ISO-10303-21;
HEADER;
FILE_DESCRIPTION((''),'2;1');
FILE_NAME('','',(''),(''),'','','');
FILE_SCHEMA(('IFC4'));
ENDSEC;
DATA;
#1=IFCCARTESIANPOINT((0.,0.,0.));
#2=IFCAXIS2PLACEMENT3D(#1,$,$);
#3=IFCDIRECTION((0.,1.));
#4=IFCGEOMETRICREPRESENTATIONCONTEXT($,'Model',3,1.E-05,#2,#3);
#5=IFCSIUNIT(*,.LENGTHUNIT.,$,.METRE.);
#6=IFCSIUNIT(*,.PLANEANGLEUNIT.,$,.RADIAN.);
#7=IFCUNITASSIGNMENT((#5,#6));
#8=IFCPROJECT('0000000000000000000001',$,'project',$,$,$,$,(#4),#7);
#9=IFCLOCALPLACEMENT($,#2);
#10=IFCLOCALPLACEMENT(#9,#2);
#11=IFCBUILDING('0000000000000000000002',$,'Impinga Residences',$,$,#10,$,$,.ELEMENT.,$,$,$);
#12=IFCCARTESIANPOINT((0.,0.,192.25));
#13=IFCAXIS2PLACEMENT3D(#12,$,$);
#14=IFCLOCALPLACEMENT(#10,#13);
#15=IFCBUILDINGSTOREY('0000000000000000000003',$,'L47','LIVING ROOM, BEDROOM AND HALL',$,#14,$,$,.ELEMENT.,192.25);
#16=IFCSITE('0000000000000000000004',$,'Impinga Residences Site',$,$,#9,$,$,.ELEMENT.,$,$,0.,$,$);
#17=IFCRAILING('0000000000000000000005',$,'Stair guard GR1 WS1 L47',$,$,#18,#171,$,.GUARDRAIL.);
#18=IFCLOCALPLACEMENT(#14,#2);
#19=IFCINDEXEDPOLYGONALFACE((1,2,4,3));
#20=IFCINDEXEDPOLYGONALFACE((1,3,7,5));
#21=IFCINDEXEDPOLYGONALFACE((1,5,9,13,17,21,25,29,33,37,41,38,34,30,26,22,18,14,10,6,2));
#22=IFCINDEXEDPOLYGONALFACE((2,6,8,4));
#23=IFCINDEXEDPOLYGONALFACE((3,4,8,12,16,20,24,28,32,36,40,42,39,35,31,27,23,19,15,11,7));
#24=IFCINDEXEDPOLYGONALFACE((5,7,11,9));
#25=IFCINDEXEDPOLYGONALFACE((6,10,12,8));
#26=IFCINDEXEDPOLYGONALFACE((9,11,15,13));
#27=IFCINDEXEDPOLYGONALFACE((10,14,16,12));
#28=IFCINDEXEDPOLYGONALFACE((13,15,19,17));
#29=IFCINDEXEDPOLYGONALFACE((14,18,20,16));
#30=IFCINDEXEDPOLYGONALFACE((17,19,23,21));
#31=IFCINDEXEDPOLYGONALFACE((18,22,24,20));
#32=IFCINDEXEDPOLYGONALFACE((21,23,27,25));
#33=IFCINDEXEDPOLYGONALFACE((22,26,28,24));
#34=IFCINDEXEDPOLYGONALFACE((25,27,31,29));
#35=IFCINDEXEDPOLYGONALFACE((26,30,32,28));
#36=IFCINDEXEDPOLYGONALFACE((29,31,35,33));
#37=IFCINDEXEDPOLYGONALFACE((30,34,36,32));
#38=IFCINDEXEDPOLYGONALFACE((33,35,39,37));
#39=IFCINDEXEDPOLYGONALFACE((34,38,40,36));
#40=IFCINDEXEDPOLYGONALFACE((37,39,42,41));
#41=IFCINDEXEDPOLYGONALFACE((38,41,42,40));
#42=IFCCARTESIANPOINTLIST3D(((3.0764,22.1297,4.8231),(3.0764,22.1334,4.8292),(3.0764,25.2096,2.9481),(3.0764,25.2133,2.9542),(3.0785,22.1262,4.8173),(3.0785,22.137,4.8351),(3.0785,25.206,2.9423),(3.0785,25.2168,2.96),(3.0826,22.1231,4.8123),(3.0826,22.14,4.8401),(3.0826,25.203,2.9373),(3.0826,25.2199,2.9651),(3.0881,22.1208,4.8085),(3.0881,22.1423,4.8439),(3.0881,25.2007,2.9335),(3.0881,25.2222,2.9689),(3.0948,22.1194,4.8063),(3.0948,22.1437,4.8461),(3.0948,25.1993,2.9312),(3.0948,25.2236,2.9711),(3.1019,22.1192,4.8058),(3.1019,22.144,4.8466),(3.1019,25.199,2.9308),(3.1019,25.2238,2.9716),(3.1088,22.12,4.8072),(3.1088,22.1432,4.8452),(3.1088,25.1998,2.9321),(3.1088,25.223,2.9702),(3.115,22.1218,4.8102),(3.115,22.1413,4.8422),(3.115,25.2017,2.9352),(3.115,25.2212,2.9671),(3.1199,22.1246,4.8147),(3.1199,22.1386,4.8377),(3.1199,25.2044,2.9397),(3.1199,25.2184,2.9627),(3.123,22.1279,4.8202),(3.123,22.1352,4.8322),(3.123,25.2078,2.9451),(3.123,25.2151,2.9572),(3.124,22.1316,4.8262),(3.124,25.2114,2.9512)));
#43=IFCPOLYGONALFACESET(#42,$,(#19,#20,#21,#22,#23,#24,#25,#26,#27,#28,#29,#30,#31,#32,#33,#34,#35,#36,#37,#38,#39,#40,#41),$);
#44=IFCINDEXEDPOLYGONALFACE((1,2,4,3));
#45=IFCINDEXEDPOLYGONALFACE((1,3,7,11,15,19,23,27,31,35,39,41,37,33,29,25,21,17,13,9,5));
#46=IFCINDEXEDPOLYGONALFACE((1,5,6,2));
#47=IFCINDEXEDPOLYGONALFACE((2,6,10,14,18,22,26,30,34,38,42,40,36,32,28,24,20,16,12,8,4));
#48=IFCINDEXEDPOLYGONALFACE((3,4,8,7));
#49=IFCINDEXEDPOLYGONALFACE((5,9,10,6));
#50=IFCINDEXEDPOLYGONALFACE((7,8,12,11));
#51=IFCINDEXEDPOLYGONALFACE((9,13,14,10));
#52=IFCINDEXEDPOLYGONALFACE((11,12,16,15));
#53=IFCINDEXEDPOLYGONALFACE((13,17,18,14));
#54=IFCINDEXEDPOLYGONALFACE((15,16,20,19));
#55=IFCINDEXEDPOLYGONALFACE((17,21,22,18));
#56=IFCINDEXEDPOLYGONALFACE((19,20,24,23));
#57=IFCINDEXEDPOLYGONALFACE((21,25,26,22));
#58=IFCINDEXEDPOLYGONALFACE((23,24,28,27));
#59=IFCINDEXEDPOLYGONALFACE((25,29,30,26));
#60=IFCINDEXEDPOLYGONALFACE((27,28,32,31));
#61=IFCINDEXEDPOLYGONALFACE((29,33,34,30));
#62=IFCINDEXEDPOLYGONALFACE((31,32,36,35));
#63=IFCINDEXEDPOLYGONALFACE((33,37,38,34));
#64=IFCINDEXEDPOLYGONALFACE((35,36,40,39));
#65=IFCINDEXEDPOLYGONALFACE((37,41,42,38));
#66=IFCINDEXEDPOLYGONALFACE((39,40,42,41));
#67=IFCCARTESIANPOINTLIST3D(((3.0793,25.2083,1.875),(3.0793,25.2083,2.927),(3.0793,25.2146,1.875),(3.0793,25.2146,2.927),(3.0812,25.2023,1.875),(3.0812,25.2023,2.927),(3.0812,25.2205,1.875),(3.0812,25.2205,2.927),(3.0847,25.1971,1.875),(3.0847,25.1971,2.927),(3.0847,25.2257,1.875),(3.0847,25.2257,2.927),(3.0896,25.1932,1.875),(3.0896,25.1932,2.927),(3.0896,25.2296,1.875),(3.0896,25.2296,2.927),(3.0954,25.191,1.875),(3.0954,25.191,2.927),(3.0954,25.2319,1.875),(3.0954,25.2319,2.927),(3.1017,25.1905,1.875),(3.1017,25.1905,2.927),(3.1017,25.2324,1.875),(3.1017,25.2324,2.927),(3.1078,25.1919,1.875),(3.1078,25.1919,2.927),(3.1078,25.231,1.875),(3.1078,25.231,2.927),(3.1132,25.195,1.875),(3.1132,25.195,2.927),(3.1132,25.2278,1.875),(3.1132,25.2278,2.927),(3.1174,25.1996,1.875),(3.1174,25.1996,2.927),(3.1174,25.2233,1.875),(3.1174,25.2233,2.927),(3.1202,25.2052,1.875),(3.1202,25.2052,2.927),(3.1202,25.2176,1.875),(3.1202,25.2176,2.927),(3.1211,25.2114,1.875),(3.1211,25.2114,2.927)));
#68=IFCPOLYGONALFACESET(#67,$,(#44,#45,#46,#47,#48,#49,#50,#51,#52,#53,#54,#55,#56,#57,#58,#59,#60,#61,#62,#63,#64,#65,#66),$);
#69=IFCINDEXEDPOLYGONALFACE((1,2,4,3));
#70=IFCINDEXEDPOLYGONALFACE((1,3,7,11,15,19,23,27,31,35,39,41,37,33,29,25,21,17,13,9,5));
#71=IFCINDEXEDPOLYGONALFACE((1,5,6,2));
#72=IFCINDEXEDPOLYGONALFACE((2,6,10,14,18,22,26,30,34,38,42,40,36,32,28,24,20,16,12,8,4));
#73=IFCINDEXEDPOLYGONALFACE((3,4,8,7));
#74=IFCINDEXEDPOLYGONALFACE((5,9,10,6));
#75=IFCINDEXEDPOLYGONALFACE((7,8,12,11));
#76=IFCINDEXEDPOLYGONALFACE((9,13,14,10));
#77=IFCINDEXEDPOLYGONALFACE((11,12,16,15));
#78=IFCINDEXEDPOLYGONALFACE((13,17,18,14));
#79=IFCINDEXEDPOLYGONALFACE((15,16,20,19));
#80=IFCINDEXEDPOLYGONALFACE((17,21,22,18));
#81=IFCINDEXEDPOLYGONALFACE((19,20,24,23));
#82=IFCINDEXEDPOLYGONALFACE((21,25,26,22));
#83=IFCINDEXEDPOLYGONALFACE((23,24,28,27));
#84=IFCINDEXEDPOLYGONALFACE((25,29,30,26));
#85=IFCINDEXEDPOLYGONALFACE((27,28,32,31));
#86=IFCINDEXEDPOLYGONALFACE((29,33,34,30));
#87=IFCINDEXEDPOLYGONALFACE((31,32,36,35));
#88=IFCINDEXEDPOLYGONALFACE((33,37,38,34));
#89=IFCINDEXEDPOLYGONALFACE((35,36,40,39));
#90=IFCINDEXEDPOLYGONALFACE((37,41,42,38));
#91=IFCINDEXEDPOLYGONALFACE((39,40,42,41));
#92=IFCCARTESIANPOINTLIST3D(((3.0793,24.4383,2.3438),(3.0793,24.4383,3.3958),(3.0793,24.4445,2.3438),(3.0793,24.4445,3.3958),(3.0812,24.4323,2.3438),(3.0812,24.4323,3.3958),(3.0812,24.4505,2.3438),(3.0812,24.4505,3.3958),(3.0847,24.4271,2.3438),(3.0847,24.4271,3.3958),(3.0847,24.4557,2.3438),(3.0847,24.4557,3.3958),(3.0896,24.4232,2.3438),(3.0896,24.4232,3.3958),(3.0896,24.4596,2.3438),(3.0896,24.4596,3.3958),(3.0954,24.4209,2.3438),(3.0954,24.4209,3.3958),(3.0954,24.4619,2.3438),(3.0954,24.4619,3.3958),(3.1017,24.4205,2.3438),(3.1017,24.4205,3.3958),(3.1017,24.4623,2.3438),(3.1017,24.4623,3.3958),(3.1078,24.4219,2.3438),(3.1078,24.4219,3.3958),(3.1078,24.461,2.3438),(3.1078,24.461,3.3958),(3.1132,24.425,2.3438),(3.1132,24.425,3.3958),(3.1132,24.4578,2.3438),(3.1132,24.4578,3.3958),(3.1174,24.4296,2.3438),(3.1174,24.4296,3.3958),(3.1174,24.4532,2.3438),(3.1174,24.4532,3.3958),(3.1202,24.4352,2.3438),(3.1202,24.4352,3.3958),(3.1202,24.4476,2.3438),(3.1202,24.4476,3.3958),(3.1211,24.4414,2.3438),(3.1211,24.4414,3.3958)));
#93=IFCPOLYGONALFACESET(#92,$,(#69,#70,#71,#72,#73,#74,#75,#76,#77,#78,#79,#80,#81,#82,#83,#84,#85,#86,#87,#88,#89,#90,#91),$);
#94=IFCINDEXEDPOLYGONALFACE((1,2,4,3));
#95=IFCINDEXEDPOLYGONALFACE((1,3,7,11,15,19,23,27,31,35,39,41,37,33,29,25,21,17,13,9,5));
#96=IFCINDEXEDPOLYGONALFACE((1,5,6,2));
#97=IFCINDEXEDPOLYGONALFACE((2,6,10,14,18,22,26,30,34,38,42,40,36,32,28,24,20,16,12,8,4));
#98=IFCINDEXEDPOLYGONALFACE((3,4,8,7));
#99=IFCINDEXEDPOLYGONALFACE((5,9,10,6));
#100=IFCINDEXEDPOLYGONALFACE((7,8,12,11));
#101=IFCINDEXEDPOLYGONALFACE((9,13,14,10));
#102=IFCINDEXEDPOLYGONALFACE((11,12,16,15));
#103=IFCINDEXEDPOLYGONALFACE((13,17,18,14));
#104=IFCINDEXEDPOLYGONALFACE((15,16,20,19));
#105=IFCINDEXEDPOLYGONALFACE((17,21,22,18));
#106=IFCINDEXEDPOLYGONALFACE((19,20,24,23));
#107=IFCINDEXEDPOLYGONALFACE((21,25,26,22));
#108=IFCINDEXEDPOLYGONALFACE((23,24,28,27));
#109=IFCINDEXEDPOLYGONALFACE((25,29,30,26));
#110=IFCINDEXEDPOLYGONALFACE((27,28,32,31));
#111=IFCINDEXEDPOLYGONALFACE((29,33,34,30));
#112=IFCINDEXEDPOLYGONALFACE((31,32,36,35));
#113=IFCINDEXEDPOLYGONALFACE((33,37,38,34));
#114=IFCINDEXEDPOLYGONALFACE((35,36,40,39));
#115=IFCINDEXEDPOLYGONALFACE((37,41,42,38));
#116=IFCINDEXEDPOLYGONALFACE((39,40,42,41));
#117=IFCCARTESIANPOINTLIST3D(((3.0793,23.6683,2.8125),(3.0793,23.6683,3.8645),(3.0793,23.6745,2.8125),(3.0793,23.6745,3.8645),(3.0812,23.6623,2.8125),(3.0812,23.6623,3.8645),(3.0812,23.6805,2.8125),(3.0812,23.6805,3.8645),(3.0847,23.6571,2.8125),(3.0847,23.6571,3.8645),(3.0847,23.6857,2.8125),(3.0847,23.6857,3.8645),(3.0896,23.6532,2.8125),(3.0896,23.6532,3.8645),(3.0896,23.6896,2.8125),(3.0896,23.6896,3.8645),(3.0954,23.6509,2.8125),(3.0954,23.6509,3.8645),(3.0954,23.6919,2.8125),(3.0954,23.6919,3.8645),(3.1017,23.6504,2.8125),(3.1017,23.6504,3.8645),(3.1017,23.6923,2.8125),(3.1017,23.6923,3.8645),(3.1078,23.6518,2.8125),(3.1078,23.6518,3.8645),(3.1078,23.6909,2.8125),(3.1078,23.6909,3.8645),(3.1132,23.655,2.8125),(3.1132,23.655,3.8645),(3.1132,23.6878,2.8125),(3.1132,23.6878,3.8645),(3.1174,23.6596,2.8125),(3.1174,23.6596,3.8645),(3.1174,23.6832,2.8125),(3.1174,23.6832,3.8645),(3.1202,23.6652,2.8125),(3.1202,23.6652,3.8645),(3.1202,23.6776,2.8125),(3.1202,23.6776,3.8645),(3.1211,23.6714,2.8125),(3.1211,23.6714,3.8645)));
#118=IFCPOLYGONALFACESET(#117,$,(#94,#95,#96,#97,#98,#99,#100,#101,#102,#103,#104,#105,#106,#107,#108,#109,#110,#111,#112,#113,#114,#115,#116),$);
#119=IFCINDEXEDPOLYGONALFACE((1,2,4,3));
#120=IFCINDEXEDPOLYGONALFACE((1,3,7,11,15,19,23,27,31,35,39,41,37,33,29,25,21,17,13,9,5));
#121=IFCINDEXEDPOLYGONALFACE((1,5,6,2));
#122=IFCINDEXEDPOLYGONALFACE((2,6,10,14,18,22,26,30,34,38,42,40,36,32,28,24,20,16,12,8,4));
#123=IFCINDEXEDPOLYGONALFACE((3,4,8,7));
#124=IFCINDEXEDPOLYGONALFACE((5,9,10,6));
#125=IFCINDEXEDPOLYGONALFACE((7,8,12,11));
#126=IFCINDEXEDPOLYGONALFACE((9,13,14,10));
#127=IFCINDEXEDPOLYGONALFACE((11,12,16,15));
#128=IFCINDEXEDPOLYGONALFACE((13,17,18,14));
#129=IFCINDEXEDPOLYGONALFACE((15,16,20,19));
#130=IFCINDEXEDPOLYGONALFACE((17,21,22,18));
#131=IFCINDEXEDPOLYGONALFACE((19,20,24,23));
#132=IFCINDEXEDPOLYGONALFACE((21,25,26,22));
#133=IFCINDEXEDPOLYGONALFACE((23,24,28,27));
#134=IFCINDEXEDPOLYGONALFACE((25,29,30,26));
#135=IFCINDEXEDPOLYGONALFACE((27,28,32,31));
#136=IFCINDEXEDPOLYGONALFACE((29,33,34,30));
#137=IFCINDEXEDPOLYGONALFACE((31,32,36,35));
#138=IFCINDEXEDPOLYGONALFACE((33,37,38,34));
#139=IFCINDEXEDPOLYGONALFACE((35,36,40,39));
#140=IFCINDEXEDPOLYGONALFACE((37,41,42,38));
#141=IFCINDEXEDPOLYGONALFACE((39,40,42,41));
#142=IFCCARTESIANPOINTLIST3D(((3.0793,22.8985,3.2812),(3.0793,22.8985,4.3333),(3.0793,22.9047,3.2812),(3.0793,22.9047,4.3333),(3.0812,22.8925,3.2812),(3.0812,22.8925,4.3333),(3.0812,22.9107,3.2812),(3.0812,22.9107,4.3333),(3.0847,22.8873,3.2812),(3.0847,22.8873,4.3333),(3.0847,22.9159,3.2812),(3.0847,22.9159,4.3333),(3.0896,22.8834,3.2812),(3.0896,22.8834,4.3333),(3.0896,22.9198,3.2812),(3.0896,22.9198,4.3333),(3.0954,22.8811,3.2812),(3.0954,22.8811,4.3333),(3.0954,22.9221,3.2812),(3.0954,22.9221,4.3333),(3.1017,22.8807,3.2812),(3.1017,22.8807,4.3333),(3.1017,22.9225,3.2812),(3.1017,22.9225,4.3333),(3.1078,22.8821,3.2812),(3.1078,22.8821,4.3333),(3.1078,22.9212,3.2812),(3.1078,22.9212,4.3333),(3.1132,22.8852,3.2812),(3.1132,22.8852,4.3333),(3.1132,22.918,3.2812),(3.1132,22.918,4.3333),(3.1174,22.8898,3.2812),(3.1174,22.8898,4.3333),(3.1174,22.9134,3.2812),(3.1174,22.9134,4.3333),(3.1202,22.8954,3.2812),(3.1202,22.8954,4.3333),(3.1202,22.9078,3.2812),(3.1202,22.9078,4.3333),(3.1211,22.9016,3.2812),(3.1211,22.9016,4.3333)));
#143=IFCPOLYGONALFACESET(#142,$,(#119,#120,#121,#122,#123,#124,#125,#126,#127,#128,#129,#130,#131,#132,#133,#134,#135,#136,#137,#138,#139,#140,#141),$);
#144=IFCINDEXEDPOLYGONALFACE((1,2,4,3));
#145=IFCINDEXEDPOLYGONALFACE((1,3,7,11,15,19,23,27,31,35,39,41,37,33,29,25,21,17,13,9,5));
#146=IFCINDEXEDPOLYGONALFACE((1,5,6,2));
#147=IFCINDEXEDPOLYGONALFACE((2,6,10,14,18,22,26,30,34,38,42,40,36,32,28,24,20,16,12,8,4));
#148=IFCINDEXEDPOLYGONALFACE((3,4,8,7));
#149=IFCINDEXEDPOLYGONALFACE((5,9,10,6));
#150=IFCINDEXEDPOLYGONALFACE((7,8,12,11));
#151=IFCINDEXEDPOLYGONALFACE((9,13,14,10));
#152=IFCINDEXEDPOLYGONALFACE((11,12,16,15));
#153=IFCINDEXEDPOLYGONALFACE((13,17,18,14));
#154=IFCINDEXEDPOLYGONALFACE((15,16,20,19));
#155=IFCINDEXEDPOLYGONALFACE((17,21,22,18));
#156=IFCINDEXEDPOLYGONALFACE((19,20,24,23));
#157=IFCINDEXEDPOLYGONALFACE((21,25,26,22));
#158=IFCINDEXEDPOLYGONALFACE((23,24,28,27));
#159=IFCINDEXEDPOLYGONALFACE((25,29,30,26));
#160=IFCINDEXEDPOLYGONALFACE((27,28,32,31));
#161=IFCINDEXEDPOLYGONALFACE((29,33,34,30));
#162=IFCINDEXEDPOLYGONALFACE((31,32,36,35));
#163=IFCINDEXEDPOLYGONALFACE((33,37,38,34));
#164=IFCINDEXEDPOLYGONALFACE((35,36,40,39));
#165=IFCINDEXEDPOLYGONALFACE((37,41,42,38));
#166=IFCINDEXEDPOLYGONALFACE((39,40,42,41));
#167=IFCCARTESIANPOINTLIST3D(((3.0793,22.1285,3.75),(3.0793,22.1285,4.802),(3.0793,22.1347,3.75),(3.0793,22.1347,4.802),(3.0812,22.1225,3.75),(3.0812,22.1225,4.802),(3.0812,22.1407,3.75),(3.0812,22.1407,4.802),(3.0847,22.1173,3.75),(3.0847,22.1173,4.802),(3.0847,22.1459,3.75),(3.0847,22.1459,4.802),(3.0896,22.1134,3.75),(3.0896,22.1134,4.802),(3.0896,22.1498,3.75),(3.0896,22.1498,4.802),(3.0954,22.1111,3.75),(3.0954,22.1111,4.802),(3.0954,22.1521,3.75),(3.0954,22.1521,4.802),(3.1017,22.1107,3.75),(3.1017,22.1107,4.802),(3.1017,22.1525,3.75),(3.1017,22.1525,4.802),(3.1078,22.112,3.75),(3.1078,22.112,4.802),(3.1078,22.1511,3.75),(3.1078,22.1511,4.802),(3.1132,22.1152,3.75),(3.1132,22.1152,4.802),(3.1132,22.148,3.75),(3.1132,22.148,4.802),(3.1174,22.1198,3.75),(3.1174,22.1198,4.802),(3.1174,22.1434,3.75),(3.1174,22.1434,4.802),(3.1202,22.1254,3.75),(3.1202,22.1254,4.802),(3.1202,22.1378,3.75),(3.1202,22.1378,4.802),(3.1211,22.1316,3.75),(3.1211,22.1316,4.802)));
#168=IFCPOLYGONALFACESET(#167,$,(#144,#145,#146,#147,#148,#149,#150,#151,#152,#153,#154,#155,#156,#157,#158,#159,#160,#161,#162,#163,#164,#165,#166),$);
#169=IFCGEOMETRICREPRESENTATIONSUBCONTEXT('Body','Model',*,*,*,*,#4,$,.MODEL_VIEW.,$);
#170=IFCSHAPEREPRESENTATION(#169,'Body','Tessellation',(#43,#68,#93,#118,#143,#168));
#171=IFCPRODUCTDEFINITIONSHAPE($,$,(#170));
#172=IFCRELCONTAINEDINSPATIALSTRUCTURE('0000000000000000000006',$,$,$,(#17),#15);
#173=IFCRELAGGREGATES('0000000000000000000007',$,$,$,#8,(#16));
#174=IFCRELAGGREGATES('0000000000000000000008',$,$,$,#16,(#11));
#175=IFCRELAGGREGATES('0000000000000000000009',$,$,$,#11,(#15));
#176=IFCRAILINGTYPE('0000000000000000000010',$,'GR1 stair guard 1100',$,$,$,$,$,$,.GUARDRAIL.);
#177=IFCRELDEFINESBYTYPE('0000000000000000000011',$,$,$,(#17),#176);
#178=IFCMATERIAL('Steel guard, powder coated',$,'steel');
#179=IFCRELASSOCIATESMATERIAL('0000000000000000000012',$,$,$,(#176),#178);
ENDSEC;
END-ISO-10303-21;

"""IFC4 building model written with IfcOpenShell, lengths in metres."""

from ifc_helpers import new_model, si_unit, direction, frame, origin, origin_2d, place, context, subcontext, project, spatial, circle, extrude, material, type_object, element, save


model = new_model("IFC4")

# Units and contexts
model_context = context("Model", 3, precision=1e-05, world=origin(), true_north=direction((0.0, 1.0)))
body_context = subcontext(model_context, "Body", "Model", "MODEL_VIEW")
ifc_project = project(units=[si_unit("LENGTHUNIT", "METRE"), si_unit("PLANEANGLEUNIT", "RADIAN")], contexts=[model_context])

# Site, building, storey
site_placement = place(None, origin())
site = spatial("IfcSite", under=ifc_project, at=site_placement, Name="Impinga Residences Site", CompositionType="ELEMENT", RefElevation=0.0)
building_placement = place(site_placement, origin())
building = spatial("IfcBuilding", under=site, at=building_placement, Name="Impinga Residences", CompositionType="ELEMENT")
storey_placement = place(building_placement, frame((0.0, 0.0, 192.25)))
storey = spatial("IfcBuildingStorey", under=building, at=storey_placement, Name="L47", Description="LIVING ROOM, BEDROOM AND HALL", CompositionType="ELEMENT", Elevation=192.25)

# Railing
ifc_material_1 = material(Name="Steel guard, powder coated", Category="steel")
railing_type_1 = type_object("IfcRailingType", Name="GR1 stair guard 1100", PredefinedType="GUARDRAIL", material=ifc_material_1)
railing_1_placement = place(storey_placement, frame((3.1001, 25.2114, 1.875)))
element("IfcRailing", 1, at=railing_1_placement, inside=storey, type_object=railing_type_1, Name="Stair guard GR1 WS1 L47", PredefinedType="GUARDRAIL", context=body_context, shape_type="SweptSolid", body=[
    extrude(circle(Radius=0.0239, at=origin_2d()), frame((0.0, 0.0, 1.0762), z_axis=(0.0, -0.854159, 0.520011), x_axis=(1.0, 0.0, 0.0)), (0.0, 0.0, 1.0), 3.6057),
    extrude(circle(Radius=0.021, at=origin_2d()), origin(), (0.0, 0.0, 1.0), 1.052),
    extrude(circle(Radius=0.021, at=origin_2d()), frame((0.0, -0.77, 0.4688)), (0.0, 0.0, 1.0), 1.052),
    extrude(circle(Radius=0.021, at=origin_2d()), frame((0.0, -1.54, 0.9375)), (0.0, 0.0, 1.0), 1.052),
    extrude(circle(Radius=0.021, at=origin_2d()), frame((0.0, -2.3098, 1.4062)), (0.0, 0.0, 1.0), 1.052),
    extrude(circle(Radius=0.021, at=origin_2d()), frame((0.0, -3.0798, 1.875)), (0.0, 0.0, 1.0), 1.052),
])

save(model, "model.ifc")
